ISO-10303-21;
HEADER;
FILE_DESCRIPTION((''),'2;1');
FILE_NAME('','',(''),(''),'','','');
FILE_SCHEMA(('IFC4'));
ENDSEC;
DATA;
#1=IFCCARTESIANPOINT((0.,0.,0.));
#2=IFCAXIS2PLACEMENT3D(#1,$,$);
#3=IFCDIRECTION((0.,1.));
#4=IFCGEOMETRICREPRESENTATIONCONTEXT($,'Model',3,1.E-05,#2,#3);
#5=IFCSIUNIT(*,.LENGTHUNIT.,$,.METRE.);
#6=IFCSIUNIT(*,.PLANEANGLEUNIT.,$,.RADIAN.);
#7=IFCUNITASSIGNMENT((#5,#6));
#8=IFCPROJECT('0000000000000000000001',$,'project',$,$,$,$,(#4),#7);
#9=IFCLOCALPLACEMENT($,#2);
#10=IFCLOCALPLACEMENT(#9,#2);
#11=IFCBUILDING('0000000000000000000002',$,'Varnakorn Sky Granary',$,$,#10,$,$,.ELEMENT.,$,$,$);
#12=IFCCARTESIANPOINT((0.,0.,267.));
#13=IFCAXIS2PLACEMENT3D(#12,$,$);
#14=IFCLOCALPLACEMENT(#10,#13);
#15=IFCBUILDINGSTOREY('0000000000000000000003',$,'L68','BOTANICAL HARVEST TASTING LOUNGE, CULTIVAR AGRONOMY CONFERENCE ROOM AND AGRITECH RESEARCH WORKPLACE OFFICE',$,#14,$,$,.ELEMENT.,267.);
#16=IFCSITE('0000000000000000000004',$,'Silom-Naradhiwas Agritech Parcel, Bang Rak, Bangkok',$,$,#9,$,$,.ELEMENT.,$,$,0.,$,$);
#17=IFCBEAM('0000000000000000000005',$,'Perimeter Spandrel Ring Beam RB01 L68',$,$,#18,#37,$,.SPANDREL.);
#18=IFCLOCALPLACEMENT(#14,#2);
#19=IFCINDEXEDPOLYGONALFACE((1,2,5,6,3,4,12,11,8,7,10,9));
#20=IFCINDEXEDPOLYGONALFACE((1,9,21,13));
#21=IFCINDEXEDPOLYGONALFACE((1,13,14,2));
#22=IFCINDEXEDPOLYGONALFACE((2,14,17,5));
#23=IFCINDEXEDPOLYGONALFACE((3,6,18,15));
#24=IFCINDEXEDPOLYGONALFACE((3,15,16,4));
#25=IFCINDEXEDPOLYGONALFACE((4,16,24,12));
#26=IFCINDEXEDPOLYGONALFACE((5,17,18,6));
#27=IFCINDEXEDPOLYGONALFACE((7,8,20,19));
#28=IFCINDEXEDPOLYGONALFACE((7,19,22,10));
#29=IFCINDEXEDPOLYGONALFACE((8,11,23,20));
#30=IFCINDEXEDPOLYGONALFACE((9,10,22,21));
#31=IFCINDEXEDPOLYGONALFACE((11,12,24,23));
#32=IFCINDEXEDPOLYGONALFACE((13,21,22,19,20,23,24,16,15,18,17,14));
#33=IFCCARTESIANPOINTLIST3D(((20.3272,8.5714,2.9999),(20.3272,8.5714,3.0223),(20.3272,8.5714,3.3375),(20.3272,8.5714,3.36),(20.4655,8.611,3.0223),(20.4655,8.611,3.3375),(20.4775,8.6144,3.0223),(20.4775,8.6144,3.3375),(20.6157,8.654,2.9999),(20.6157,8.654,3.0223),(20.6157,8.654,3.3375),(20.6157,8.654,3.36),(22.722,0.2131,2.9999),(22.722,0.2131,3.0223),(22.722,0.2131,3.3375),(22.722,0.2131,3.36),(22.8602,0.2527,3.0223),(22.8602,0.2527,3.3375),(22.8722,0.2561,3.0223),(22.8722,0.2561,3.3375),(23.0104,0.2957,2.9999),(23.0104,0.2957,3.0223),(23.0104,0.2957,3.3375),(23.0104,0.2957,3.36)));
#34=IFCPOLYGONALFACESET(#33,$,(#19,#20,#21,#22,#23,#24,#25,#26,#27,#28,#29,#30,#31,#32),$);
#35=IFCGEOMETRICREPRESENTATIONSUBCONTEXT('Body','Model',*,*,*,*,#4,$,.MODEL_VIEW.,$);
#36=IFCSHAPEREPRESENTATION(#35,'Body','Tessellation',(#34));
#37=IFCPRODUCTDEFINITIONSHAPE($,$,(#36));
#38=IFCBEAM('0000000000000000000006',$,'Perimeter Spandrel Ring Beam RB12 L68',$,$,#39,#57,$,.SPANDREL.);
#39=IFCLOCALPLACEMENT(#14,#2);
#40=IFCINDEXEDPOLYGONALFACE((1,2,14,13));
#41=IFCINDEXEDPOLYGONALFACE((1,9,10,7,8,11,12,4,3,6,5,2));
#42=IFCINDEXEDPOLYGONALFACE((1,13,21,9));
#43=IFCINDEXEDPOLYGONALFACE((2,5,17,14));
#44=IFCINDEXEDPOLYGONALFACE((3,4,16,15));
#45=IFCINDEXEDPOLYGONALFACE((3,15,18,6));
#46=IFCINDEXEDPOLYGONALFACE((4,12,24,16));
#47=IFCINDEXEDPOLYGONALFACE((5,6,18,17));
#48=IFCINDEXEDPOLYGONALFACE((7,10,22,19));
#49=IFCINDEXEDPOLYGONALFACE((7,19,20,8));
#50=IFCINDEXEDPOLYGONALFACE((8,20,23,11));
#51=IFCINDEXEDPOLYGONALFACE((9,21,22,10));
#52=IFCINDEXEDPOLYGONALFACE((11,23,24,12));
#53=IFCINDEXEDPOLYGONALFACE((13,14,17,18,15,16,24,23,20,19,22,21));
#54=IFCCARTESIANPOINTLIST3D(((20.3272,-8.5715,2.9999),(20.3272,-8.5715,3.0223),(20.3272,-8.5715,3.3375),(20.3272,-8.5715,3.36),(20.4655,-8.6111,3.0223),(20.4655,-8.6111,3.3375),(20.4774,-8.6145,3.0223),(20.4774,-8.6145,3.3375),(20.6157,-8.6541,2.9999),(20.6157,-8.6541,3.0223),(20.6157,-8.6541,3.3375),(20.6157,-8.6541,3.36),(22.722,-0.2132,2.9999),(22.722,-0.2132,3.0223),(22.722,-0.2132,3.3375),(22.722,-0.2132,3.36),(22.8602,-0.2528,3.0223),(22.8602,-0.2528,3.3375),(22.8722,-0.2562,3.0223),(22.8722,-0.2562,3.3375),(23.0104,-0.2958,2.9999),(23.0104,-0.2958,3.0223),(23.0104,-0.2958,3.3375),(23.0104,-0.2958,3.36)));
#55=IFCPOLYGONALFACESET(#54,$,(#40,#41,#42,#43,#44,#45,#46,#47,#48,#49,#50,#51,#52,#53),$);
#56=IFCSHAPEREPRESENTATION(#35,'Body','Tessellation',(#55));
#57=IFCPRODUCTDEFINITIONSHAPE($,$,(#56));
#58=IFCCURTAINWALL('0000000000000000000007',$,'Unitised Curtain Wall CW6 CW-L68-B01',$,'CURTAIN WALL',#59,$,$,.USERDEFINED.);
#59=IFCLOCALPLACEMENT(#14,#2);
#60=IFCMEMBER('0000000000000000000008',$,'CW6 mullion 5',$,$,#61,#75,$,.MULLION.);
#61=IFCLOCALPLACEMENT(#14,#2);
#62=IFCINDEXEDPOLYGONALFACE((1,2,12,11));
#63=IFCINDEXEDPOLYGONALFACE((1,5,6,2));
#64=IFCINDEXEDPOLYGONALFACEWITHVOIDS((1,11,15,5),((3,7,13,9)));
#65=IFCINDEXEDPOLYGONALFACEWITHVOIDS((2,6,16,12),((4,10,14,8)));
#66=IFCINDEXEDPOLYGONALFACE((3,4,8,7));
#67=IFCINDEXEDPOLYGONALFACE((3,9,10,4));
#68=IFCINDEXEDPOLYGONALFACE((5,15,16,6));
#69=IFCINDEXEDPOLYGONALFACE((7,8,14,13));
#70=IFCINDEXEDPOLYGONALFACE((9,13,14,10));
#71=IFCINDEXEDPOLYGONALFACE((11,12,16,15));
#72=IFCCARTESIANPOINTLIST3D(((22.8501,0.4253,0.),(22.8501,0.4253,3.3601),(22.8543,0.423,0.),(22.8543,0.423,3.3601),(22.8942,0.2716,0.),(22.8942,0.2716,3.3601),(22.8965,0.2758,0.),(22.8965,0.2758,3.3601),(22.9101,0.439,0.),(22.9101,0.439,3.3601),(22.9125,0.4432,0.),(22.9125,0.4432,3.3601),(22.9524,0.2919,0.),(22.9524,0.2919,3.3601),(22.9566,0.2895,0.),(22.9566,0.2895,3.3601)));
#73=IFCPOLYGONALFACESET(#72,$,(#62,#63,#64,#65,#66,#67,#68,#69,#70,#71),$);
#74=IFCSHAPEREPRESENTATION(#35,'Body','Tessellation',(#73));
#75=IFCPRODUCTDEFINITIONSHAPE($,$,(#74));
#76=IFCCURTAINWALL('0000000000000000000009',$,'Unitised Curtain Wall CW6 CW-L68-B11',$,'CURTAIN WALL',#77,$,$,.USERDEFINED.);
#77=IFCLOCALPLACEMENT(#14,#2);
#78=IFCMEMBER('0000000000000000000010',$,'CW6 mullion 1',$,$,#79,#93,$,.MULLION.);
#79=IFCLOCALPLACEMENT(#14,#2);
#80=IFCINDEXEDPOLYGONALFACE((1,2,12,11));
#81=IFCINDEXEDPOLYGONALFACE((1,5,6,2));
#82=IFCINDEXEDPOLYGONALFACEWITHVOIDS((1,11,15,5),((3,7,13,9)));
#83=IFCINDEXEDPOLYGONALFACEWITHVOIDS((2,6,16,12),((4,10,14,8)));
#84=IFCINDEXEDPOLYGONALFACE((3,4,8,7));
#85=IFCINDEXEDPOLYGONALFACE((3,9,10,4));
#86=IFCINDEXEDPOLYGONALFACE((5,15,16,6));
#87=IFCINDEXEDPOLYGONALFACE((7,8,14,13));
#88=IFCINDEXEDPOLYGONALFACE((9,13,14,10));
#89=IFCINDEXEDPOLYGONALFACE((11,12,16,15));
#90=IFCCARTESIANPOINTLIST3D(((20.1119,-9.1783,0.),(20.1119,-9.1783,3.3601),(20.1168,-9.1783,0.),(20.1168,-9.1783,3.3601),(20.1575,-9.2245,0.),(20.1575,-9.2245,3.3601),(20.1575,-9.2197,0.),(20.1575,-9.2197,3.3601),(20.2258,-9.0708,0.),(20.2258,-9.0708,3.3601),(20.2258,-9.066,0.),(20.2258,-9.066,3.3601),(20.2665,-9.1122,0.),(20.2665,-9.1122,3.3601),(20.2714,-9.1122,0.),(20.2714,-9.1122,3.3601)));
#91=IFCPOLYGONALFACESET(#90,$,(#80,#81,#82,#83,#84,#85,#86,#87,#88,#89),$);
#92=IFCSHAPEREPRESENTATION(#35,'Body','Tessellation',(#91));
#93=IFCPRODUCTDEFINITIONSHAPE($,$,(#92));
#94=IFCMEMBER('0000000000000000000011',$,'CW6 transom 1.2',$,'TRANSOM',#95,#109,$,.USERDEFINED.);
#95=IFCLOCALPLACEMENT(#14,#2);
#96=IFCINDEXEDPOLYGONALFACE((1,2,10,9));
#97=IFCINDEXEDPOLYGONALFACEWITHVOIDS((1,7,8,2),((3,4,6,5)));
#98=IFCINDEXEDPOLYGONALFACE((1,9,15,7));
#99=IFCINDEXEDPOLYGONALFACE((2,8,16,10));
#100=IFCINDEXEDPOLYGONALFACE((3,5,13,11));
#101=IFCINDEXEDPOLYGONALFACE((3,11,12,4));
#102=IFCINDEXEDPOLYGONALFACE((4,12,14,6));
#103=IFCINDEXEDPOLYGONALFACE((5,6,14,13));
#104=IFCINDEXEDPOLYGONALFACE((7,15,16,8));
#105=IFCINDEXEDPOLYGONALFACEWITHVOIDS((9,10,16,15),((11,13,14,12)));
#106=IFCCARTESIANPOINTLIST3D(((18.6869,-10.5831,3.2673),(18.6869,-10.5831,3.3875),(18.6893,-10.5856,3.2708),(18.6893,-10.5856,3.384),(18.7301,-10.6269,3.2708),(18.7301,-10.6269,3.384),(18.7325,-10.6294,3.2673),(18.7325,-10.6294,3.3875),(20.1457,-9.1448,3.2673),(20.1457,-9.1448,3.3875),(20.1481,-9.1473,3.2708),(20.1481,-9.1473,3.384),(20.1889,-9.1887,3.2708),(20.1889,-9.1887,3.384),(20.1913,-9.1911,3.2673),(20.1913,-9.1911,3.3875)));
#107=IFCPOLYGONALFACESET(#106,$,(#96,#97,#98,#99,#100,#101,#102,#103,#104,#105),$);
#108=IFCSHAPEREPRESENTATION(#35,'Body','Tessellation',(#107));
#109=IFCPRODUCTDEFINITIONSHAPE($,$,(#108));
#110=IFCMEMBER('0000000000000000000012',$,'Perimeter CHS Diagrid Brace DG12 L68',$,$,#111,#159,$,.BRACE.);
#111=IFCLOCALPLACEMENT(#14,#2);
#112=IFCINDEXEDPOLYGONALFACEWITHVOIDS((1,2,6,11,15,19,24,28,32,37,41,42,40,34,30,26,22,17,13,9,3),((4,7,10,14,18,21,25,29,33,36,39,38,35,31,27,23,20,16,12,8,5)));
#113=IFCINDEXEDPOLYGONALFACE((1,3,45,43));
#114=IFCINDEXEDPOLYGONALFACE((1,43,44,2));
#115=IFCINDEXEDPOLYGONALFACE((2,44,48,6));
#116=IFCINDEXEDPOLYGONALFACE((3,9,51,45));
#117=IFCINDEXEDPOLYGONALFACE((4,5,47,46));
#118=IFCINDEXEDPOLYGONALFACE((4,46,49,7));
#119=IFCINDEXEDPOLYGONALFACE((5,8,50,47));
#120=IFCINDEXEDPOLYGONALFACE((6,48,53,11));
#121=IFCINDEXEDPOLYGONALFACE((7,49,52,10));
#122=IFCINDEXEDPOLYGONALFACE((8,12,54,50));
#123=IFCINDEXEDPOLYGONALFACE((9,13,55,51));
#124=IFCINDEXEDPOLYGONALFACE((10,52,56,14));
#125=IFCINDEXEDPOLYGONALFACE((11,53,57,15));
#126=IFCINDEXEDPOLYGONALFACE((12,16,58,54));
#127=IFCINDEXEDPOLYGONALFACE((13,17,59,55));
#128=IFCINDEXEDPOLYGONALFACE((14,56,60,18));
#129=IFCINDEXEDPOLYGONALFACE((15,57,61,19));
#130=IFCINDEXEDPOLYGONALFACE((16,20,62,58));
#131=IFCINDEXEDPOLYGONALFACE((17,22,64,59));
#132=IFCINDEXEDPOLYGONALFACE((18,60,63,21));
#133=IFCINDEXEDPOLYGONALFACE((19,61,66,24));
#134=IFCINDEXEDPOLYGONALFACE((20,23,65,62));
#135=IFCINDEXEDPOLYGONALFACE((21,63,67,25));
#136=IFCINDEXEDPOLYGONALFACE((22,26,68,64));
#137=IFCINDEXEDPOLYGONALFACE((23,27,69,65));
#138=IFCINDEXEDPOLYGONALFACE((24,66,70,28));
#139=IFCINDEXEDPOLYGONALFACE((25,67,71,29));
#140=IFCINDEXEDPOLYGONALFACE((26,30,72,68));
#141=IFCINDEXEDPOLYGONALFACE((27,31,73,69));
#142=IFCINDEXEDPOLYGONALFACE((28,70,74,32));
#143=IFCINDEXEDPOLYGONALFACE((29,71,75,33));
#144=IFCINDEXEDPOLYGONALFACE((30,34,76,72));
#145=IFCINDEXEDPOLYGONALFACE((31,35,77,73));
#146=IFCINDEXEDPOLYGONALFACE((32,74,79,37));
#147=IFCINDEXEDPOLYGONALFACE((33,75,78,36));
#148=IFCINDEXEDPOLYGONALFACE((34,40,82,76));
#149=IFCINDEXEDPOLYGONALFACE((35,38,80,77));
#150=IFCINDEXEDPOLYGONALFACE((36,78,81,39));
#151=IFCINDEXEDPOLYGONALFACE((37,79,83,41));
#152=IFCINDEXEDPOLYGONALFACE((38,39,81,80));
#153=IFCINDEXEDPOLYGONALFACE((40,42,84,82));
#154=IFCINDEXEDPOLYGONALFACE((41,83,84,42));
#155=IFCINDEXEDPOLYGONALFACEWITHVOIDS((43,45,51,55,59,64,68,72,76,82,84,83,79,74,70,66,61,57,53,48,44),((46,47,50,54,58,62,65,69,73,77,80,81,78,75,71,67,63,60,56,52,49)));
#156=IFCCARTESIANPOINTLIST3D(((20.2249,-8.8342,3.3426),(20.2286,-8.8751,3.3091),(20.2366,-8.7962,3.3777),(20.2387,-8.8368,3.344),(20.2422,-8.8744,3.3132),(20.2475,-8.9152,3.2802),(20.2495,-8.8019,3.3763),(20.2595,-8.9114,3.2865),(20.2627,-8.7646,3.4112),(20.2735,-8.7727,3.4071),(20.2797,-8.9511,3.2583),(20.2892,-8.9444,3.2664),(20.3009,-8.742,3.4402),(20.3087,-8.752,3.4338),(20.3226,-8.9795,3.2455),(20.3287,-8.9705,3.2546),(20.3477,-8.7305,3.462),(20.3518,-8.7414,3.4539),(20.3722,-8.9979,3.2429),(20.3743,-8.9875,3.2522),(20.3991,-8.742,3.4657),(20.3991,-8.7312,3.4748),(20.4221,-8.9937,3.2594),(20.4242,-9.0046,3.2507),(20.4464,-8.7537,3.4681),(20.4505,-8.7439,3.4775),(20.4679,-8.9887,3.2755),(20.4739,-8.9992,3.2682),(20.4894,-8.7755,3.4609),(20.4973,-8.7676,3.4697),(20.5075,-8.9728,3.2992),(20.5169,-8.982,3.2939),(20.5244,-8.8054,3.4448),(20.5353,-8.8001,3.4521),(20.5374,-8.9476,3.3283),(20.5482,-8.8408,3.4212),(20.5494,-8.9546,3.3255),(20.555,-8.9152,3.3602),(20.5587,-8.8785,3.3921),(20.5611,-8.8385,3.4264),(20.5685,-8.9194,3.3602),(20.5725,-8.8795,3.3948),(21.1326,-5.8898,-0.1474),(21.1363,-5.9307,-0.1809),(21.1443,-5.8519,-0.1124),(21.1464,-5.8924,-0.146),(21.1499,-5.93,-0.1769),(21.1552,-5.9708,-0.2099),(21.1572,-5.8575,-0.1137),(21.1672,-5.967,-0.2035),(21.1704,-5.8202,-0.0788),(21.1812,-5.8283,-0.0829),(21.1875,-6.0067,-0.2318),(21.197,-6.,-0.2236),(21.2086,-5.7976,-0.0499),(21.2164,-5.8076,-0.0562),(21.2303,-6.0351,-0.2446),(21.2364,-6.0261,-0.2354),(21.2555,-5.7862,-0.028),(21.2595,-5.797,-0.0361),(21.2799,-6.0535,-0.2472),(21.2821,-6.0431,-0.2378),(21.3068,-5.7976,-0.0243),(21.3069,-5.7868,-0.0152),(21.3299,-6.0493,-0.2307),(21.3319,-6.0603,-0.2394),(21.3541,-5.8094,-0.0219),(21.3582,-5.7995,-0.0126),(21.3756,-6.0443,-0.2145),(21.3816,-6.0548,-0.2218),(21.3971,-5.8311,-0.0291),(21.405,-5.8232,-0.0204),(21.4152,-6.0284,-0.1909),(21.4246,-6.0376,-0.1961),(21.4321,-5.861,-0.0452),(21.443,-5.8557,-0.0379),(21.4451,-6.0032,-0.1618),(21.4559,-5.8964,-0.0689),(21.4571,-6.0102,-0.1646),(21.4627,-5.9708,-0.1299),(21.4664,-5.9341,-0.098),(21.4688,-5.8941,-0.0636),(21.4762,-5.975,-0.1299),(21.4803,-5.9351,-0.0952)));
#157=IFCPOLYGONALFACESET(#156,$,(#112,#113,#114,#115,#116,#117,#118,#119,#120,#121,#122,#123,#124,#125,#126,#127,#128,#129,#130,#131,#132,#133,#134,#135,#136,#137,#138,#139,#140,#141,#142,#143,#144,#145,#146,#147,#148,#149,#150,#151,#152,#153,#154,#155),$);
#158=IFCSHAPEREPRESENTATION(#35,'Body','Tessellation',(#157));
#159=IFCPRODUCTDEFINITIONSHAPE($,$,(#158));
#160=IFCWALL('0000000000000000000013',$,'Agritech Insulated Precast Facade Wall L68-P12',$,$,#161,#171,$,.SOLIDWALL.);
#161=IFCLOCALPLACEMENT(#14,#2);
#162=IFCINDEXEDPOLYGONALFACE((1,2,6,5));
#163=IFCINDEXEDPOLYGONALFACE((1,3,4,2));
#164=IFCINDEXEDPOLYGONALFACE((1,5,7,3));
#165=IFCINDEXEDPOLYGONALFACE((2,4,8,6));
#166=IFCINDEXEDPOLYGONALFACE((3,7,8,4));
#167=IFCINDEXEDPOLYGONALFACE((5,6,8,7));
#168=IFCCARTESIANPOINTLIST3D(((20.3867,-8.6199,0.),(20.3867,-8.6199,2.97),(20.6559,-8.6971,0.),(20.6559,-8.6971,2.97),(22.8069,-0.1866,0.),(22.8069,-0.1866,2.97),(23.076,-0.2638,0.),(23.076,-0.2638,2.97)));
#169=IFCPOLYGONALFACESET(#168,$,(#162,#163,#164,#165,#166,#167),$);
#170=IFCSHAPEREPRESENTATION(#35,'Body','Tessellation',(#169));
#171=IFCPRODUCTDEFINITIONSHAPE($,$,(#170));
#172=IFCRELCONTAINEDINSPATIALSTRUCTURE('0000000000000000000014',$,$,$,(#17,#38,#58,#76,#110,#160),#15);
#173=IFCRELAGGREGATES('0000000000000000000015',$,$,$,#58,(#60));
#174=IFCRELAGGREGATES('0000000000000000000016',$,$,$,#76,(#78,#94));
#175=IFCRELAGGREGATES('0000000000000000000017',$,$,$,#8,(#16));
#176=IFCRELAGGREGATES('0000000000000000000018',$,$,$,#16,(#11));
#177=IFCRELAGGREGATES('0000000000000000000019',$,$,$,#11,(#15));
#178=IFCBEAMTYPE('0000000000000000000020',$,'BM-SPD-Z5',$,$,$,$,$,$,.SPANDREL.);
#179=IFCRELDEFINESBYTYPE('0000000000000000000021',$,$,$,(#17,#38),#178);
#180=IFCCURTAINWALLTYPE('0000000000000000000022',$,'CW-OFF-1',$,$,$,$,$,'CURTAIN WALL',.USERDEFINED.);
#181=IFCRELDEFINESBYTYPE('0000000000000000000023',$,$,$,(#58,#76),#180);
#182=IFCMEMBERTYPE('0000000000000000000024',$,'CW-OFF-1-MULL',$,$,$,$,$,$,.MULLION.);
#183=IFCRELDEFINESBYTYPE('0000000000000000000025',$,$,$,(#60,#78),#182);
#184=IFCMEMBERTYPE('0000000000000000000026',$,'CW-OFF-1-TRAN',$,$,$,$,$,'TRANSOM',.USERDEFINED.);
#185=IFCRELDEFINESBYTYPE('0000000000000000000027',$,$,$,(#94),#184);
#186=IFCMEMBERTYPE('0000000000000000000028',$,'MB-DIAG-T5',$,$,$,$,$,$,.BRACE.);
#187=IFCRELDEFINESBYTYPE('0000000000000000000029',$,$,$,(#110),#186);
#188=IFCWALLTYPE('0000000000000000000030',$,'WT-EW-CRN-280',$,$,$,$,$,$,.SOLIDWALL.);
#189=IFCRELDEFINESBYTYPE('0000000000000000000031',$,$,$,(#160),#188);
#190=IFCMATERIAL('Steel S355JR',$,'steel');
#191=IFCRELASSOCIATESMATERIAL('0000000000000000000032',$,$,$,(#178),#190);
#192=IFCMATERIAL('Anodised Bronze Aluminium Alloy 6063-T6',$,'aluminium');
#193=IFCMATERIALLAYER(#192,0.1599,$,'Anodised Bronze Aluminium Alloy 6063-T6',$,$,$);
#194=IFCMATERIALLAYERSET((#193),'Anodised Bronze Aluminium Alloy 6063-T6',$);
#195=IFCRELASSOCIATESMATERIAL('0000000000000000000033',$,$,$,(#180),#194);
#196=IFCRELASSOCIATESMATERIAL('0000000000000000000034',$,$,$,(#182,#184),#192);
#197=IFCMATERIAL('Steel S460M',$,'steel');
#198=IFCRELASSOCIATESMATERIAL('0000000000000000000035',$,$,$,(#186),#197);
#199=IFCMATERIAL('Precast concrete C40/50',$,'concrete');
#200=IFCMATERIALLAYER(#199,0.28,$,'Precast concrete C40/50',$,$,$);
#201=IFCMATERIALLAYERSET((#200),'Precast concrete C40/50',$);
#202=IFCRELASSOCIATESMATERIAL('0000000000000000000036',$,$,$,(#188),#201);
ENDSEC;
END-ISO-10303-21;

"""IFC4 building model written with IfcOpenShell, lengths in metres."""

from ifc_helpers import new_model, si_unit, direction, frame, frame_2d, origin, origin_2d, place, context, subcontext, project, spatial, rectangle, hollow_rectangle, hollow_circle, i_section, extrude, material, layer, layer_set, material_profile, profile_set, type_object, element, aggregate, save


model = new_model("IFC4")

# Units and contexts
model_context = context("Model", 3, precision=1e-05, world=origin(), true_north=direction((0.0, 1.0)))
body_context = subcontext(model_context, "Body", "Model", "MODEL_VIEW")
ifc_project = project(units=[si_unit("LENGTHUNIT", "METRE"), si_unit("PLANEANGLEUNIT", "RADIAN")], contexts=[model_context])

# Site, building, storey
site_placement = place(None, origin())
site = spatial("IfcSite", under=ifc_project, at=site_placement, Name="Silom-Naradhiwas Agritech Parcel, Bang Rak, Bangkok", CompositionType="ELEMENT", RefElevation=0.0)
building_placement = place(site_placement, origin())
building = spatial("IfcBuilding", under=site, at=building_placement, Name="Varnakorn Sky Granary", CompositionType="ELEMENT")
storey_placement = place(building_placement, frame((0.0, 0.0, 267.0)))
storey = spatial("IfcBuildingStorey", under=building, at=storey_placement, Name="L68", Description="BOTANICAL HARVEST TASTING LOUNGE, CULTIVAR AGRONOMY CONFERENCE ROOM AND AGRITECH RESEARCH WORKPLACE OFFICE", CompositionType="ELEMENT", Elevation=267.0)

# Shared definitions
ifc_material_1 = material(Name="Steel S460M", Category="steel")

# Beams
ifc_material_2 = material(Name="Steel S355JR", Category="steel")
ifc_material_profile_1 = material_profile(ifc_material_2, i_section(OverallWidth=0.3, OverallDepth=0.3601, WebThickness=0.0125, FlangeThickness=0.0225, at=origin_2d()), Name="HE 360 B")
ifc_profile_set_1 = profile_set([ifc_material_profile_1], Name="Steel S355JR")
beam_type_1 = type_object("IfcBeamType", Name="BM-SPD-Z5", PredefinedType="SPANDREL", material=ifc_profile_set_1)
for number, where, z_axis, x_axis, name in (
    (1, (22.8662, 0.2544, 3.1799), (-0.275429, 0.961321, 0.0), (-0.961321, -0.275429, 0.0), "Perimeter Spandrel Ring Beam RB01 L68"),
    (2, (20.4714, -8.6128, 3.1799), (0.275429, 0.961321, 0.0), (-0.961321, 0.275429, 0.0), "Perimeter Spandrel Ring Beam RB12 L68"),
):
    element("IfcBeam", number, at=place(storey_placement, frame(where, z_axis=z_axis, x_axis=x_axis)), inside=storey, type_object=beam_type_1, Name=name, PredefinedType="SPANDREL", context=body_context, shape_type="SweptSolid", body=[
        extrude(i_section(OverallWidth=0.3, OverallDepth=0.3601, WebThickness=0.0125, FlangeThickness=0.0225, at=origin_2d()), origin(), (0.0, 0.0, 1.0), 8.6946),
    ])

# Curtain wall, member
ifc_material_3 = material(Name="Anodised Bronze Aluminium Alloy 6063-T6", Category="aluminium")
ifc_layer_1 = layer(ifc_material_3, 0.1599, Name="Anodised Bronze Aluminium Alloy 6063-T6")
ifc_layer_set_1 = layer_set([ifc_layer_1], Name="Anodised Bronze Aluminium Alloy 6063-T6")
curtain_wall_type = type_object("IfcCurtainWallType", Name="CW-OFF-1", ElementType="CURTAIN WALL", PredefinedType="USERDEFINED", material=ifc_layer_set_1)
curtain_wall_1_placement = place(storey_placement, origin())
curtain_wall_1 = element("IfcCurtainWall", 3, at=curtain_wall_1_placement, inside=storey, type_object=curtain_wall_type, Name="Unitised Curtain Wall CW6 CW-L68-B01", ObjectType="CURTAIN WALL", PredefinedType="USERDEFINED")
ifc_material_profile_2 = material_profile(ifc_material_3, hollow_rectangle(XDim=0.0649, YDim=0.1599, WallThickness=0.0034, at=origin_2d()), Name="ALU MULL 65x160")
ifc_profile_set_2 = profile_set([ifc_material_profile_2], Name="Anodised Bronze Aluminium Alloy 6063-T6")
member_type_1 = type_object("IfcMemberType", Name="CW-OFF-1-MULL", PredefinedType="MULLION", material=ifc_profile_set_2)
member_1_placement = place(storey_placement, frame((22.9033, 0.3574, 0.0), z_axis=(0.0, 0.0, 1.0), x_axis=(0.961203, 0.275841, 0.0)))
member_1 = element("IfcMember", 4, at=member_1_placement, type_object=member_type_1, Name="CW6 mullion 5", PredefinedType="MULLION", context=body_context, shape_type="SweptSolid", body=[
    extrude(hollow_rectangle(XDim=0.0649, YDim=0.1599, WallThickness=0.0034, at=origin_2d()), origin(), (0.0, 0.0, 1.0), 3.3601),
])
aggregate(curtain_wall_1, [member_1])

# Curtain wall, members
curtain_wall_2_placement = place(storey_placement, origin())
curtain_wall_2 = element("IfcCurtainWall", 5, at=curtain_wall_2_placement, inside=storey, type_object=curtain_wall_type, Name="Unitised Curtain Wall CW6 CW-L68-B11", ObjectType="CURTAIN WALL", PredefinedType="USERDEFINED")
member_2_placement = place(storey_placement, frame((20.1917, -9.1453, 0.0), z_axis=(0.0, 0.0, 1.0), x_axis=(0.702091, -0.712087, 0.0)))
member_2 = element("IfcMember", 6, at=member_2_placement, type_object=member_type_1, Name="CW6 mullion 1", PredefinedType="MULLION", context=body_context, shape_type="SweptSolid", body=[
    extrude(hollow_rectangle(XDim=0.0649, YDim=0.1599, WallThickness=0.0034, at=origin_2d()), origin(), (0.0, 0.0, 1.0), 3.3601),
])
ifc_material_profile_3 = material_profile(ifc_material_3, hollow_rectangle(XDim=0.0649, YDim=0.1201, WallThickness=0.0034, at=origin_2d()), Name="ALU TRAN 65x120")
ifc_profile_set_3 = profile_set([ifc_material_profile_3], Name="Anodised Bronze Aluminium Alloy 6063-T6")
member_type_2 = type_object("IfcMemberType", Name="CW-OFF-1-TRAN", ElementType="TRANSOM", PredefinedType="USERDEFINED", material=ifc_profile_set_3)
member_3_placement = place(storey_placement, frame((20.1685, -9.168, 3.3274), z_axis=(-0.712095, -0.702084, 0.0), x_axis=(0.702084, -0.712095, 0.0)))
member_3 = element("IfcMember", 7, at=member_3_placement, type_object=member_type_2, Name="CW6 transom 1.2", ObjectType="TRANSOM", PredefinedType="USERDEFINED", context=body_context, shape_type="SweptSolid", body=[
    extrude(hollow_rectangle(XDim=0.0649, YDim=0.1201, WallThickness=0.0034, at=origin_2d()), origin(), (0.0, 0.0, 1.0), 2.0486),
])
aggregate(curtain_wall_2, [member_2, member_3])

# Member
ifc_material_profile_4 = material_profile(ifc_material_1, hollow_circle(Radius=0.1777, WallThickness=0.0142, at=origin_2d()), Name="CHS 355.6x14")
ifc_profile_set_4 = profile_set([ifc_material_profile_4], Name="Steel S460M")
member_type_3 = type_object("IfcMemberType", Name="MB-DIAG-T5", PredefinedType="BRACE", material=ifc_profile_set_4)
member_4_placement = place(storey_placement, frame((21.3064, -5.9226, -0.1299), z_axis=(-0.19498, -0.632451, 0.749659), x_axis=(0.955618, -0.294609, 0.0)))
element("IfcMember", 8, at=member_4_placement, inside=storey, type_object=member_type_3, Name="Perimeter CHS Diagrid Brace DG12 L68", PredefinedType="BRACE", context=body_context, shape_type="SweptSolid", body=[
    extrude(hollow_circle(Radius=0.1777, WallThickness=0.0142, at=origin_2d()), origin(), (0.0, 0.0, 1.0), 4.6555),
])

# Wall
ifc_material_4 = material(Name="Precast concrete C40/50", Category="concrete")
ifc_layer_2 = layer(ifc_material_4, 0.28, Name="Precast concrete C40/50")
ifc_layer_set_2 = layer_set([ifc_layer_2], Name="Precast concrete C40/50")
wall_type_1 = type_object("IfcWallType", Name="WT-EW-CRN-280", PredefinedType="SOLIDWALL", material=ifc_layer_set_2)
wall_1_placement = place(storey_placement, frame((22.9414, -0.2253, 0.0), z_axis=(0.0, 0.0, 1.0), x_axis=(-0.275842, -0.961203, 0.0)))
element("IfcWall", 9, at=wall_1_placement, inside=storey, type_object=wall_type_1, Name="Agritech Insulated Precast Facade Wall L68-P12", PredefinedType="SOLIDWALL", context=body_context, shape_type="SweptSolid", body=[
    extrude(rectangle(XDim=8.7737, YDim=0.28, at=frame_2d((4.3867, 0.0))), origin(), (0.0, 0.0, 1.0), 2.97),
])

save(model, "model.ifc")
